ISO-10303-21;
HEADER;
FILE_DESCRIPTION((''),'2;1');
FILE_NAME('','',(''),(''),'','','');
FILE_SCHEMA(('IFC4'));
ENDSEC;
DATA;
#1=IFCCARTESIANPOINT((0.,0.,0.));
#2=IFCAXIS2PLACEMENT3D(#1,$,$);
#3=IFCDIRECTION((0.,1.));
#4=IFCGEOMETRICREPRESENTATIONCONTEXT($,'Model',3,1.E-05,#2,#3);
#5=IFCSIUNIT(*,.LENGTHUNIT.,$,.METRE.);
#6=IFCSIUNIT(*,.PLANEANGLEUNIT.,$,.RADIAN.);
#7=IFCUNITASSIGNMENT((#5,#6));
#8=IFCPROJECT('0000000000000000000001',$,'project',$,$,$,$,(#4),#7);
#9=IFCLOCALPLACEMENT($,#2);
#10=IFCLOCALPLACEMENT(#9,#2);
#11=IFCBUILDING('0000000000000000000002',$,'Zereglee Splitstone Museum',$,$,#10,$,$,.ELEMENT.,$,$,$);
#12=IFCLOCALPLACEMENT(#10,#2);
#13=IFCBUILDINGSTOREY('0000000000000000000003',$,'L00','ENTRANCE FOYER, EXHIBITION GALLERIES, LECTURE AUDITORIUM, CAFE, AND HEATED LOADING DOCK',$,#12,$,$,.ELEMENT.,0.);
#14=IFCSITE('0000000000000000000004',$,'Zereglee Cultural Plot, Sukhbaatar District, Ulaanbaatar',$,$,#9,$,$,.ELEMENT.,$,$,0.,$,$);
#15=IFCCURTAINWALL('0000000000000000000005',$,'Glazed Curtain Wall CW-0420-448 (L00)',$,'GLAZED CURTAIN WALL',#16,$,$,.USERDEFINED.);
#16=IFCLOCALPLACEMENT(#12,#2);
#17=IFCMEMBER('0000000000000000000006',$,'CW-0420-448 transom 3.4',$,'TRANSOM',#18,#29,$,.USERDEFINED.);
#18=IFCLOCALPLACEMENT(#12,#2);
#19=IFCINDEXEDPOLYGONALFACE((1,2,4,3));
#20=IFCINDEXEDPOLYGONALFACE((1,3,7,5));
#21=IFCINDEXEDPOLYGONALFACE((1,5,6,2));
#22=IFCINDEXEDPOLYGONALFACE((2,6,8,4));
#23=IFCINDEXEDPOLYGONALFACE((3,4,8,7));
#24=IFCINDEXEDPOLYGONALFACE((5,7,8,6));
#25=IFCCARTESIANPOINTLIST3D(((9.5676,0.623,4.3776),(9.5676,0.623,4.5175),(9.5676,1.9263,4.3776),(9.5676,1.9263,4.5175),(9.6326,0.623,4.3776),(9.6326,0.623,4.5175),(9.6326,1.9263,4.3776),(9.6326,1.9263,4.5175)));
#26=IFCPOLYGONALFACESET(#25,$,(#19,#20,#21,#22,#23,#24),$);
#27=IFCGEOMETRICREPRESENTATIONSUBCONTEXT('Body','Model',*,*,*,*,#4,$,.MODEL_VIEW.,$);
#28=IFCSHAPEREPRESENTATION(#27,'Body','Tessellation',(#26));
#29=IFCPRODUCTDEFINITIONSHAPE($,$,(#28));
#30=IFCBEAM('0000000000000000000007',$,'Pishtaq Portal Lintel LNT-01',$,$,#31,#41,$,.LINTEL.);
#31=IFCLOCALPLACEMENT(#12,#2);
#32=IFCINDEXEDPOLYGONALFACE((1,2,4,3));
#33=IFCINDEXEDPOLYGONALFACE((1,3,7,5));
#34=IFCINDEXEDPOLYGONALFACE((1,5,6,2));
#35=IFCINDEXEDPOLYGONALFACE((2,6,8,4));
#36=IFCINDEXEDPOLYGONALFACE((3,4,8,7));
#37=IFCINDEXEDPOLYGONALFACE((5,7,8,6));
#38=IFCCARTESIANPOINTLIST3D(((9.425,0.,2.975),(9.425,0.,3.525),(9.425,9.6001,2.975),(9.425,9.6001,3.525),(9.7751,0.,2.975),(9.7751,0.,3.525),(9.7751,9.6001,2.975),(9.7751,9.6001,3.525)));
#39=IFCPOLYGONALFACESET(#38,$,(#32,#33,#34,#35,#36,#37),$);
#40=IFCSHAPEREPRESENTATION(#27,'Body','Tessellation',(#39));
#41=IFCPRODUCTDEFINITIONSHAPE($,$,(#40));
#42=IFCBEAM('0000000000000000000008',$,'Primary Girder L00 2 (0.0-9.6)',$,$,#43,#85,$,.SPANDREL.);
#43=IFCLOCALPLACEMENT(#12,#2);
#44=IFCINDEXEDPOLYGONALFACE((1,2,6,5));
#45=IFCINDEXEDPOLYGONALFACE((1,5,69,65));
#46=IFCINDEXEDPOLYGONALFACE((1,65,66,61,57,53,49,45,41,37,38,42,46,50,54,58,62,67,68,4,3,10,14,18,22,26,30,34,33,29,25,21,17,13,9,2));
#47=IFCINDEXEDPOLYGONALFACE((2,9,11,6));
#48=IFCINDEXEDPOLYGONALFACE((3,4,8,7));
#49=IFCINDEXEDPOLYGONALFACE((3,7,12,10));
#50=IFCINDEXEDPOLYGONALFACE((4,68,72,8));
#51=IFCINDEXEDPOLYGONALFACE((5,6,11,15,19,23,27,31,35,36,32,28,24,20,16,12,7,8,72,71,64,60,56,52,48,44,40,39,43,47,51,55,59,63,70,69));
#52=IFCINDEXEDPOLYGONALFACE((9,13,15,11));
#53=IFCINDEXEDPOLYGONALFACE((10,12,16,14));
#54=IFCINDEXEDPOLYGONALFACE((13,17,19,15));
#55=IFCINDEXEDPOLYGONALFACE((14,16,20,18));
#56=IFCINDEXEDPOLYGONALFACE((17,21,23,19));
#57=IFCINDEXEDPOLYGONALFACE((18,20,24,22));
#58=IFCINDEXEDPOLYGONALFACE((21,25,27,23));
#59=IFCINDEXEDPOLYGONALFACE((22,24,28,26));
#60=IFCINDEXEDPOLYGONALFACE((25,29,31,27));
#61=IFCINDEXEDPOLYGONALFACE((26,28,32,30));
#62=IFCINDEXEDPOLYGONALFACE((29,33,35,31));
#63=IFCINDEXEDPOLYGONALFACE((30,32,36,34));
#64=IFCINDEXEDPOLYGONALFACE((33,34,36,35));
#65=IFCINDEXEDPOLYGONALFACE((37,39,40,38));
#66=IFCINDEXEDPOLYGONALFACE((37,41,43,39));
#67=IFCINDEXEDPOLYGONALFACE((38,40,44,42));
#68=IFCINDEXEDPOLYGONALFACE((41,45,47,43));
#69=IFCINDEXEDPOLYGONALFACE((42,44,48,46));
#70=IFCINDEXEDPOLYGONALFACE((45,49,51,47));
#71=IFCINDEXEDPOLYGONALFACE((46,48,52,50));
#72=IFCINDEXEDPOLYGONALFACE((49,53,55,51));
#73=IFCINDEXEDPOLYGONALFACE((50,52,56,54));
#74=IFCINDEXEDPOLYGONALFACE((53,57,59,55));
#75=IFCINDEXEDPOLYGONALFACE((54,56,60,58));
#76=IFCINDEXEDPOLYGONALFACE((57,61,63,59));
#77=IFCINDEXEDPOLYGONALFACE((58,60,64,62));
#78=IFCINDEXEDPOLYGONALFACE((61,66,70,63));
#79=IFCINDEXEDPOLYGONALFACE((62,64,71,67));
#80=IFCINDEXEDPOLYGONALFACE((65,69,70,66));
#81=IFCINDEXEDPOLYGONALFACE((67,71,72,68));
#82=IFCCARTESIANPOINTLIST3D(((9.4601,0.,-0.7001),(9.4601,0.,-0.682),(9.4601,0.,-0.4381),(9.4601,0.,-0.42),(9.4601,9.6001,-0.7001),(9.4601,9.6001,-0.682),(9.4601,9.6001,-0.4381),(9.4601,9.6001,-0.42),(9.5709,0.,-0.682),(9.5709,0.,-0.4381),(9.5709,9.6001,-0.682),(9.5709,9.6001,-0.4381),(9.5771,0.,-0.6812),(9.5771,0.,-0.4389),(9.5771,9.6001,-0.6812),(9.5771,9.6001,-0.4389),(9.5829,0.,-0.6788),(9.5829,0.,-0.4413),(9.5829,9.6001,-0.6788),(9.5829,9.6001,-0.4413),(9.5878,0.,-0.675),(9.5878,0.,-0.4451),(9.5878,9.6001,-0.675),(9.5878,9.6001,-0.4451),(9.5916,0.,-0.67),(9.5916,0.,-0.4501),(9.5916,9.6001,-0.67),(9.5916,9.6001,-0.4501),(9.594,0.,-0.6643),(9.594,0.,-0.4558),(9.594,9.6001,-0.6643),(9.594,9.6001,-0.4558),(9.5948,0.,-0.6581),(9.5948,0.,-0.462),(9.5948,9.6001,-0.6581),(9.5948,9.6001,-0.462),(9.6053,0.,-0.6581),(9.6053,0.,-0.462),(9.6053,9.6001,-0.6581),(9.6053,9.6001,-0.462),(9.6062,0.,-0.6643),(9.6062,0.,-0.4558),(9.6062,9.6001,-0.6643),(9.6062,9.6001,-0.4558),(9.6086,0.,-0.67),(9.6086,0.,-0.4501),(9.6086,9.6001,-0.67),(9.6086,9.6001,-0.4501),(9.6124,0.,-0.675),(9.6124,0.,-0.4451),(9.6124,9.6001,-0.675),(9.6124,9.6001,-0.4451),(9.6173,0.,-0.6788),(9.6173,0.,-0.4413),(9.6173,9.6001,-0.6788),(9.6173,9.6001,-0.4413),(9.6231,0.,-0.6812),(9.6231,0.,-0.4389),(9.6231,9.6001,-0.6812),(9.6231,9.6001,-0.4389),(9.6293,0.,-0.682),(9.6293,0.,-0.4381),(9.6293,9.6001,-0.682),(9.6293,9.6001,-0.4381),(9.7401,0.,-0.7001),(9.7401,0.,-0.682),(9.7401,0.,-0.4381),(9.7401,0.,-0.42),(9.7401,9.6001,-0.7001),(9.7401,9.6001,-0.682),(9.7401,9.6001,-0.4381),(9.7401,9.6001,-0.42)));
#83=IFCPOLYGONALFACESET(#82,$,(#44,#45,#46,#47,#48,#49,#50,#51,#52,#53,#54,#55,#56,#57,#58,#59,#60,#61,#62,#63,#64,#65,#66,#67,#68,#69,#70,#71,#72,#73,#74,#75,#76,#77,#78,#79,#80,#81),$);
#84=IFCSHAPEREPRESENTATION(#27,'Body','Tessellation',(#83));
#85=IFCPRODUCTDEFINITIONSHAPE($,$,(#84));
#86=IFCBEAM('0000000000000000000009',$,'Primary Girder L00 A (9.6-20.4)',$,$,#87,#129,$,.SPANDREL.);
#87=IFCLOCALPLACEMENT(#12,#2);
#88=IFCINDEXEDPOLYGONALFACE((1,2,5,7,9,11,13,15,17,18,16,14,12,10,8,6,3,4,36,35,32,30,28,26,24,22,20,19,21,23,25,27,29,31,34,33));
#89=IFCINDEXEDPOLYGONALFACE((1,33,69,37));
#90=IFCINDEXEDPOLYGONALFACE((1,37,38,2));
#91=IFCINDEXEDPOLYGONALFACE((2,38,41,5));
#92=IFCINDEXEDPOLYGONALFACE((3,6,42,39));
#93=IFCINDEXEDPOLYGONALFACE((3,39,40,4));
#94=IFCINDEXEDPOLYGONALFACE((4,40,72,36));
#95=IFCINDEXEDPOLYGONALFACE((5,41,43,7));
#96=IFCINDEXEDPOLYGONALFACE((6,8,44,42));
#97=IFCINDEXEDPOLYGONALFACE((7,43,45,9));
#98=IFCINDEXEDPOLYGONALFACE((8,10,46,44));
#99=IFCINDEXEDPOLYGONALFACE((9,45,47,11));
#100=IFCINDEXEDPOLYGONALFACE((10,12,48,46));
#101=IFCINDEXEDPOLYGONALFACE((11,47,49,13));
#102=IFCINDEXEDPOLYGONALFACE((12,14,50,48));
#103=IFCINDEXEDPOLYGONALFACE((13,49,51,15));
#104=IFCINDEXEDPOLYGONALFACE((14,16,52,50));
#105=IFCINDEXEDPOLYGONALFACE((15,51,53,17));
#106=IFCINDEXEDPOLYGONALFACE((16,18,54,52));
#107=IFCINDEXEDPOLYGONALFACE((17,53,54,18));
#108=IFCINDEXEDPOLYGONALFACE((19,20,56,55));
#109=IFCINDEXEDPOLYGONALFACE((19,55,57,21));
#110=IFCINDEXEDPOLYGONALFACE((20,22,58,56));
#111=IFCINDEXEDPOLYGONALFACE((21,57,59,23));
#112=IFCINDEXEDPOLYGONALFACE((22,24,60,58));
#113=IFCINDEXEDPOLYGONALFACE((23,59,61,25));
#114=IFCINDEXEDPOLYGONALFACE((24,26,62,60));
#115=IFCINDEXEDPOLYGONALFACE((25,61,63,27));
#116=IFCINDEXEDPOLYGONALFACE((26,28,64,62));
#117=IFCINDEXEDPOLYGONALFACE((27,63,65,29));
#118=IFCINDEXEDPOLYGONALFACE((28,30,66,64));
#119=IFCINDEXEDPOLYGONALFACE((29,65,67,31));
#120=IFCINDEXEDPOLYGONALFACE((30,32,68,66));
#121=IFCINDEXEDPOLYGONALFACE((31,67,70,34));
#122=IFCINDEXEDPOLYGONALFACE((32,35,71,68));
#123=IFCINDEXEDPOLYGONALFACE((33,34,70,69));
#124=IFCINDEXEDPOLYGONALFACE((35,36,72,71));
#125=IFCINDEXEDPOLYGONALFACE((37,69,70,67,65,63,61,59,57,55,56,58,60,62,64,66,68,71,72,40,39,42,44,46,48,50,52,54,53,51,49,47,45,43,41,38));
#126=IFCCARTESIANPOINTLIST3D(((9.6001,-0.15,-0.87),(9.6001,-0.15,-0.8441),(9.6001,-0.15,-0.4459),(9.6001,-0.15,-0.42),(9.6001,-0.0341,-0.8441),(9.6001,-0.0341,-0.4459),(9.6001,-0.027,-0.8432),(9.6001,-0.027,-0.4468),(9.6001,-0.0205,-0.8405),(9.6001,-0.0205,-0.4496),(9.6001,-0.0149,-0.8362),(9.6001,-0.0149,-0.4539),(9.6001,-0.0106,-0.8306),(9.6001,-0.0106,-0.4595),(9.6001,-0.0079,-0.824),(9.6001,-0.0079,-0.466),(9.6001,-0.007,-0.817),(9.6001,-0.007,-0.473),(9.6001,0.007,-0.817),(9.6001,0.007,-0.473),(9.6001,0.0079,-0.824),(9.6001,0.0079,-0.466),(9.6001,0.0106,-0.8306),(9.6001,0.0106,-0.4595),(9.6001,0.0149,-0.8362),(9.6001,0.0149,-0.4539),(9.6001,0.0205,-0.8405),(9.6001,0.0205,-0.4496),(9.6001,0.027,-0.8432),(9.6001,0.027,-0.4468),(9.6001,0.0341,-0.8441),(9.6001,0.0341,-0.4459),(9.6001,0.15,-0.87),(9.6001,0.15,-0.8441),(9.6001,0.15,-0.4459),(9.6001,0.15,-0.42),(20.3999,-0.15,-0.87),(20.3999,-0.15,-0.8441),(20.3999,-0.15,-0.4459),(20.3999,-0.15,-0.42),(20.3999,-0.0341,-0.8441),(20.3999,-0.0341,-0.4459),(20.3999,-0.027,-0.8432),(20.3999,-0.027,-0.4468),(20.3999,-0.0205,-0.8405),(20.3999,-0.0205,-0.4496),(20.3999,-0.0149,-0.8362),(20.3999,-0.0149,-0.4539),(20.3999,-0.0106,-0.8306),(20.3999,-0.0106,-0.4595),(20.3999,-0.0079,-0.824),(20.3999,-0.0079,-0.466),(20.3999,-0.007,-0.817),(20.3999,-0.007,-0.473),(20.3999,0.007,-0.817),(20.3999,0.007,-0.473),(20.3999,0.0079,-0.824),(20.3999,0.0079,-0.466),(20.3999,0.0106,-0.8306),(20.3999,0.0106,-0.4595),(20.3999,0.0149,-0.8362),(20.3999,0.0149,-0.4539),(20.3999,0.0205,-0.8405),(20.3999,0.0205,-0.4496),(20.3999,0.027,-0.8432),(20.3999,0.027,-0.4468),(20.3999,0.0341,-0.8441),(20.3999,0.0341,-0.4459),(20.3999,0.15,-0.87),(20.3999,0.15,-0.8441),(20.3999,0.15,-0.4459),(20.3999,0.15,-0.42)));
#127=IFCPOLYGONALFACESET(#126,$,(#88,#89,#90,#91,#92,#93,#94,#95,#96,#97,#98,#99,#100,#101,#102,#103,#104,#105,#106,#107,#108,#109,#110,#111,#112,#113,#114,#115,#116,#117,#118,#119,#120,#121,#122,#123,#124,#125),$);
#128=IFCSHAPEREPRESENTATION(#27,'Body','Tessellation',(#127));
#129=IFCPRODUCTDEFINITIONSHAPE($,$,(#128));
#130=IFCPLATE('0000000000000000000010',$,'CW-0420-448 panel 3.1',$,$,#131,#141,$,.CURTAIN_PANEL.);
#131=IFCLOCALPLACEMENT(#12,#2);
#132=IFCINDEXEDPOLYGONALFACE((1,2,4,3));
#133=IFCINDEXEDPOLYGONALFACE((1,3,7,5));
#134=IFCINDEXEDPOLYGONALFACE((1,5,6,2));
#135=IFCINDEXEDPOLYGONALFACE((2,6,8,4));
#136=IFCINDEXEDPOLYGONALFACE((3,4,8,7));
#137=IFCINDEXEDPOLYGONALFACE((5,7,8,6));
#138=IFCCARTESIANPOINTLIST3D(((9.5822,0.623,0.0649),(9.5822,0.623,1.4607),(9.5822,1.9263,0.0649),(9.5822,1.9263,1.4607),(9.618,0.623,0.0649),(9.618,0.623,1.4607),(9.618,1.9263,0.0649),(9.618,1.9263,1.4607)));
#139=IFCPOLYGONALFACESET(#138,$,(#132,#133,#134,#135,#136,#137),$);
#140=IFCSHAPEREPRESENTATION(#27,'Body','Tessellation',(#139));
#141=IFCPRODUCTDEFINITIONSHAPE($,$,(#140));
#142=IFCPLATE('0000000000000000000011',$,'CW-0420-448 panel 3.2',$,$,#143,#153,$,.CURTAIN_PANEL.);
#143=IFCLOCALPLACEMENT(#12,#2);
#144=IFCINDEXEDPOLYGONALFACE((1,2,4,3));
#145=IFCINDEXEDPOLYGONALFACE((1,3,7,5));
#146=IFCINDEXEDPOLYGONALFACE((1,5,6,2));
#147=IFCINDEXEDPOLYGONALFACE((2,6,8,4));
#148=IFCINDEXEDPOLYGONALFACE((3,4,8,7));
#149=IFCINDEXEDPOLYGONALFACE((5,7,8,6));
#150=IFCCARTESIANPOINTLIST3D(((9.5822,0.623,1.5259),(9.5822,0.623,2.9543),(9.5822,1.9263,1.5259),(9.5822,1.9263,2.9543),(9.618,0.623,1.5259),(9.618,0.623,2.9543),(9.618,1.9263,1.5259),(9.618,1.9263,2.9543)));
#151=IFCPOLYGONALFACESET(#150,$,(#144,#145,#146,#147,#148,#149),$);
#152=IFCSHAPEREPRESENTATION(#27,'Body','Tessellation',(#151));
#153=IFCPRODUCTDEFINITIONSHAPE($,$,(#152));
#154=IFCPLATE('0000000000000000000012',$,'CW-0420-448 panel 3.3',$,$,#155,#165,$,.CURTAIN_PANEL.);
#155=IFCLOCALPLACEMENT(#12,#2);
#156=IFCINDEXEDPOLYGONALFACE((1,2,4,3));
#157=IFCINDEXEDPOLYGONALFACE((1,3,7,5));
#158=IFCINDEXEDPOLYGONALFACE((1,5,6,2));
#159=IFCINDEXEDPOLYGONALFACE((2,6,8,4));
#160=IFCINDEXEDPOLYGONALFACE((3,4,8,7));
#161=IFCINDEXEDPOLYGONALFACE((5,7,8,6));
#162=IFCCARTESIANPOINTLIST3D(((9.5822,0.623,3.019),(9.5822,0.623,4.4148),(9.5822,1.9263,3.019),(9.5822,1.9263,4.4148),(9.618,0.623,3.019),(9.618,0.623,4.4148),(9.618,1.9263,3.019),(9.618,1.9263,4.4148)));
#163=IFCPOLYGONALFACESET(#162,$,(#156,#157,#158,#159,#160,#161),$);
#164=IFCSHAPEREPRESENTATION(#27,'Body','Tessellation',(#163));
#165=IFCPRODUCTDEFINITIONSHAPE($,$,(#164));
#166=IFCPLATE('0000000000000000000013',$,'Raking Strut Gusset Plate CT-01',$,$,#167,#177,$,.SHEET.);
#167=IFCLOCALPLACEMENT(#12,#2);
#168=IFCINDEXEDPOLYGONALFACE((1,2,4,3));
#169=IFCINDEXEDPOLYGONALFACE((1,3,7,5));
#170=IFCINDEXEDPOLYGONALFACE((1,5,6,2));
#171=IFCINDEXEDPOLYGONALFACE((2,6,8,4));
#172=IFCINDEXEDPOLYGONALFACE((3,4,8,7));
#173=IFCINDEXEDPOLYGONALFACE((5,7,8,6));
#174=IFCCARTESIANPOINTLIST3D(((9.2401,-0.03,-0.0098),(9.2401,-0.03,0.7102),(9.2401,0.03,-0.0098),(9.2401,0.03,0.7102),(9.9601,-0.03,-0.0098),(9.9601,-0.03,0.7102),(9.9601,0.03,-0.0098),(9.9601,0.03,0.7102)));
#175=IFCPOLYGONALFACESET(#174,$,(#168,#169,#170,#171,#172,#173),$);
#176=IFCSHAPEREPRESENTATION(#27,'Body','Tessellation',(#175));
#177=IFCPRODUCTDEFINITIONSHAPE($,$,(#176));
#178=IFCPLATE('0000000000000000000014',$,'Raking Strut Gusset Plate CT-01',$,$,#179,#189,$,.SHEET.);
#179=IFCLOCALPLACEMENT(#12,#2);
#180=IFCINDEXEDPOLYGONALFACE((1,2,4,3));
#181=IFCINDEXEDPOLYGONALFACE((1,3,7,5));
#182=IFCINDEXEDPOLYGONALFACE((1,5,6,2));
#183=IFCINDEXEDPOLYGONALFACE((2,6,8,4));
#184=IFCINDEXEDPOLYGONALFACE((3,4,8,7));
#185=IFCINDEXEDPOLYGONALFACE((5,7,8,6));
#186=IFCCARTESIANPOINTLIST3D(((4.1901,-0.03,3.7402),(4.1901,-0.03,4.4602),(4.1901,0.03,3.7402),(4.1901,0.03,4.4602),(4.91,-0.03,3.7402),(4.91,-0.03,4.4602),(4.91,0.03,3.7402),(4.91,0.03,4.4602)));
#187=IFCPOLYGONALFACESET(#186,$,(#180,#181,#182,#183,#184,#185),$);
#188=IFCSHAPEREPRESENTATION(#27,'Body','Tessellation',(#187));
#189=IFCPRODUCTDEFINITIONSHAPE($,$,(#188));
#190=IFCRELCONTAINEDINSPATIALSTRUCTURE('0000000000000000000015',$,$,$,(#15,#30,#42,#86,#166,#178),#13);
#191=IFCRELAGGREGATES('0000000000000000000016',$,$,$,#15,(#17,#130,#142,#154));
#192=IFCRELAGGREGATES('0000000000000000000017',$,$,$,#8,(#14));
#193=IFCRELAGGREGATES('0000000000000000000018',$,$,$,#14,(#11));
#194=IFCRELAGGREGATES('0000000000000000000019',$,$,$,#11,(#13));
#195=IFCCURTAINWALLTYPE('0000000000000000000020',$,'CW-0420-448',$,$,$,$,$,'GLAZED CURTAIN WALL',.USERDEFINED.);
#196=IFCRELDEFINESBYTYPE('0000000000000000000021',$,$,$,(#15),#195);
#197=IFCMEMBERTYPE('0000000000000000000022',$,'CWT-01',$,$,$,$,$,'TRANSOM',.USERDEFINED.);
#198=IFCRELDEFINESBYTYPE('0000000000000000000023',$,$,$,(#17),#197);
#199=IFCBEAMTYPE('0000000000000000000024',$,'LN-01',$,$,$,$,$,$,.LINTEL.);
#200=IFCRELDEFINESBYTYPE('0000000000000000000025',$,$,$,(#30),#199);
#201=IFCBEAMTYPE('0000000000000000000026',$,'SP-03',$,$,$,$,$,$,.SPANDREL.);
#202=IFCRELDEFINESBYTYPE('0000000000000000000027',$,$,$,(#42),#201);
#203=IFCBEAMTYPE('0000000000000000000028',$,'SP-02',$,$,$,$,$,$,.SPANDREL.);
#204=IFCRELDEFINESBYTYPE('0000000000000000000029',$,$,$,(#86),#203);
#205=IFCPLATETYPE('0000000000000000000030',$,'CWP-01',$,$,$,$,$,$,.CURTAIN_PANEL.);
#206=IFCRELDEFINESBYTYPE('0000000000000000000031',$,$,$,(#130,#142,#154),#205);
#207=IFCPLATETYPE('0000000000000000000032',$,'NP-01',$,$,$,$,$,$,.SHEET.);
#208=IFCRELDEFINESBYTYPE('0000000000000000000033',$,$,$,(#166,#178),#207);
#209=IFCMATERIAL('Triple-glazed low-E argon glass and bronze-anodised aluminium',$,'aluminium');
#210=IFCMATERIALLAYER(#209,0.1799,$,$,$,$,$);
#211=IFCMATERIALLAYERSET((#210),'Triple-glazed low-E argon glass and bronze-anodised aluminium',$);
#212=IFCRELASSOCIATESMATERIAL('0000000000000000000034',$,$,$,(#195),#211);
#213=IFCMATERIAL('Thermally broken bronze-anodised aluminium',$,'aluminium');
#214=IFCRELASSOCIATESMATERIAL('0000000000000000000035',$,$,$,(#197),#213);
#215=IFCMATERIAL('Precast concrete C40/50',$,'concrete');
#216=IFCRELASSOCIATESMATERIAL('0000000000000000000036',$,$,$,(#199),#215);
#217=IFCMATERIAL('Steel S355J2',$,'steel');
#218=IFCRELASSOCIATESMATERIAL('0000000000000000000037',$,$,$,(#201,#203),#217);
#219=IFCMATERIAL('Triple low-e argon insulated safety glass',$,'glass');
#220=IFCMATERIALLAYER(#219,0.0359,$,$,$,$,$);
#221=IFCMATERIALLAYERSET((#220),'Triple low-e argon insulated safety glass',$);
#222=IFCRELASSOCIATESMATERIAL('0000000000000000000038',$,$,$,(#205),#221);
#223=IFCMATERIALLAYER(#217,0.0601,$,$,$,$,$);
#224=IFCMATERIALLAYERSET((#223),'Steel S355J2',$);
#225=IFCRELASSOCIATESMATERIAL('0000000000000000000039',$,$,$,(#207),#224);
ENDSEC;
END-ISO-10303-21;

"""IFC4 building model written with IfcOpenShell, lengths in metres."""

from ifc_helpers import new_model, si_unit, direction, frame, origin, origin_2d, place, context, subcontext, project, spatial, rectangle, i_section, extrude, material, layer, layer_set, material_profile, profile_set, type_object, element, aggregate, save


model = new_model("IFC4")

# Units and contexts
model_context = context("Model", 3, precision=1e-05, world=origin(), true_north=direction((0.0, 1.0)))
body_context = subcontext(model_context, "Body", "Model", "MODEL_VIEW")
ifc_project = project(units=[si_unit("LENGTHUNIT", "METRE"), si_unit("PLANEANGLEUNIT", "RADIAN")], contexts=[model_context])

# Site, building, storey
site_placement = place(None, origin())
site = spatial("IfcSite", under=ifc_project, at=site_placement, Name="Zereglee Cultural Plot, Sukhbaatar District, Ulaanbaatar", CompositionType="ELEMENT", RefElevation=0.0)
building_placement = place(site_placement, origin())
building = spatial("IfcBuilding", under=site, at=building_placement, Name="Zereglee Splitstone Museum", CompositionType="ELEMENT")
storey_placement = place(building_placement, origin())
storey = spatial("IfcBuildingStorey", under=building, at=storey_placement, Name="L00", Description="ENTRANCE FOYER, EXHIBITION GALLERIES, LECTURE AUDITORIUM, CAFE, AND HEATED LOADING DOCK", CompositionType="ELEMENT", Elevation=0.0)

# Shared definitions
ifc_material_1 = material(Name="Steel S355J2", Category="steel")

# Curtain wall, member
ifc_material_2 = material(Name="Triple-glazed low-E argon glass and bronze-anodised aluminium", Category="aluminium")
ifc_layer_1 = layer(ifc_material_2, 0.1799)
ifc_layer_set_1 = layer_set([ifc_layer_1], Name="Triple-glazed low-E argon glass and bronze-anodised aluminium")
curtain_wall_type = type_object("IfcCurtainWallType", Name="CW-0420-448", ElementType="GLAZED CURTAIN WALL", PredefinedType="USERDEFINED", material=ifc_layer_set_1)
curtain_wall_placement = place(storey_placement, origin())
curtain_wall = element("IfcCurtainWall", 1, at=curtain_wall_placement, inside=storey, type_object=curtain_wall_type, Name="Glazed Curtain Wall CW-0420-448 (L00)", ObjectType="GLAZED CURTAIN WALL", PredefinedType="USERDEFINED")
ifc_material_3 = material(Name="Thermally broken bronze-anodised aluminium", Category="aluminium")
ifc_material_profile_1 = material_profile(ifc_material_3, rectangle(XDim=0.0649, YDim=0.1399, at=origin_2d()), Name="CW TRAN 65x140")
ifc_profile_set_1 = profile_set([ifc_material_profile_1], Name="Thermally broken bronze-anodised aluminium")
member_type_1 = type_object("IfcMemberType", Name="CWT-01", ElementType="TRANSOM", PredefinedType="USERDEFINED", material=ifc_profile_set_1)
member_1_placement = place(storey_placement, frame((9.6001, 1.9263, 4.4475), z_axis=(0.0, -1.0, 0.0), x_axis=(1.0, 0.0, 0.0)))
member_1 = element("IfcMember", 2, at=member_1_placement, type_object=member_type_1, Name="CW-0420-448 transom 3.4", ObjectType="TRANSOM", PredefinedType="USERDEFINED", context=body_context, shape_type="SweptSolid", body=[
    extrude(rectangle(XDim=0.0649, YDim=0.1399, at=origin_2d()), origin(), (0.0, 0.0, 1.0), 1.3032),
])

# Beams
ifc_material_4 = material(Name="Precast concrete C40/50", Category="concrete")
ifc_material_profile_2 = material_profile(ifc_material_4, rectangle(XDim=0.3501, YDim=0.55, at=origin_2d()), Name="RC 350x550")
ifc_profile_set_2 = profile_set([ifc_material_profile_2], Name="Precast concrete C40/50")
beam_type_1 = type_object("IfcBeamType", Name="LN-01", PredefinedType="LINTEL", material=ifc_profile_set_2)
beam_1_placement = place(storey_placement, frame((9.6001, 0.0, 3.25), z_axis=(0.0, 1.0, 0.0), x_axis=(-1.0, 0.0, 0.0)))
element("IfcBeam", 3, at=beam_1_placement, inside=storey, type_object=beam_type_1, Name="Pishtaq Portal Lintel LNT-01", PredefinedType="LINTEL", context=body_context, shape_type="SweptSolid", body=[
    extrude(rectangle(XDim=0.3501, YDim=0.55, at=origin_2d()), origin(), (0.0, 0.0, 1.0), 9.6001),
])
ifc_material_profile_3 = material_profile(ifc_material_1, i_section(OverallWidth=0.28, OverallDepth=0.28, WebThickness=0.0105, FlangeThickness=0.0181, FilletRadius=0.0239, at=origin_2d()), Name="HE 280 B")
ifc_profile_set_3 = profile_set([ifc_material_profile_3], Name="Steel S355J2")
beam_type_2 = type_object("IfcBeamType", Name="SP-03", PredefinedType="SPANDREL", material=ifc_profile_set_3)
beam_2_placement = place(storey_placement, frame((9.6001, 0.0, -0.5601), z_axis=(0.0, 1.0, 0.0), x_axis=(-1.0, 0.0, 0.0)))
element("IfcBeam", 4, at=beam_2_placement, inside=storey, type_object=beam_type_2, Name="Primary Girder L00 2 (0.0-9.6)", PredefinedType="SPANDREL", context=body_context, shape_type="SweptSolid", body=[
    extrude(i_section(OverallWidth=0.28, OverallDepth=0.28, WebThickness=0.0105, FlangeThickness=0.0181, FilletRadius=0.0239, at=origin_2d()), origin(), (0.0, 0.0, 1.0), 9.6001),
])
ifc_material_profile_4 = material_profile(ifc_material_1, i_section(OverallWidth=0.3, OverallDepth=0.45, WebThickness=0.0139, FlangeThickness=0.0259, FilletRadius=0.0271, at=origin_2d()), Name="HE 450 B")
ifc_profile_set_4 = profile_set([ifc_material_profile_4], Name="Steel S355J2")
beam_type_3 = type_object("IfcBeamType", Name="SP-02", PredefinedType="SPANDREL", material=ifc_profile_set_4)
beam_3_placement = place(storey_placement, frame((9.6001, 0.0, -0.645), z_axis=(1.0, 0.0, 0.0), x_axis=(0.0, 1.0, 0.0)))
element("IfcBeam", 5, at=beam_3_placement, inside=storey, type_object=beam_type_3, Name="Primary Girder L00 A (9.6-20.4)", PredefinedType="SPANDREL", context=body_context, shape_type="SweptSolid", body=[
    extrude(i_section(OverallWidth=0.3, OverallDepth=0.45, WebThickness=0.0139, FlangeThickness=0.0259, FilletRadius=0.0271, at=origin_2d()), origin(), (0.0, 0.0, 1.0), 10.7998),
])

# Plates
ifc_material_5 = material(Name="Triple low-e argon insulated safety glass", Category="glass")
ifc_layer_2 = layer(ifc_material_5, 0.0359)
ifc_layer_set_2 = layer_set([ifc_layer_2], Name="Triple low-e argon insulated safety glass")
plate_type_1 = type_object("IfcPlateType", Name="CWP-01", PredefinedType="CURTAIN_PANEL", material=ifc_layer_set_2)
plate_1_placement = place(storey_placement, frame((9.6001, 1.2747, 0.0649), z_axis=(0.0, 0.0, 1.0), x_axis=(0.0, -1.0, 0.0)))
plate_1 = element("IfcPlate", 6, at=plate_1_placement, type_object=plate_type_1, Name="CW-0420-448 panel 3.1", PredefinedType="CURTAIN_PANEL", context=body_context, shape_type="SweptSolid", body=[
    extrude(rectangle(XDim=1.3032, YDim=0.0359, at=origin_2d()), origin(), (0.0, 0.0, 1.0), 1.3958),
])
plate_2_placement = place(storey_placement, frame((9.6001, 1.2747, 1.5259), z_axis=(0.0, 0.0, 1.0), x_axis=(0.0, -1.0, 0.0)))
plate_2 = element("IfcPlate", 7, at=plate_2_placement, type_object=plate_type_1, Name="CW-0420-448 panel 3.2", PredefinedType="CURTAIN_PANEL", context=body_context, shape_type="SweptSolid", body=[
    extrude(rectangle(XDim=1.3032, YDim=0.0359, at=origin_2d()), origin(), (0.0, 0.0, 1.0), 1.4285),
])
plate_3_placement = place(storey_placement, frame((9.6001, 1.2747, 3.019), z_axis=(0.0, 0.0, 1.0), x_axis=(0.0, -1.0, 0.0)))
plate_3 = element("IfcPlate", 8, at=plate_3_placement, type_object=plate_type_1, Name="CW-0420-448 panel 3.3", PredefinedType="CURTAIN_PANEL", context=body_context, shape_type="SweptSolid", body=[
    extrude(rectangle(XDim=1.3032, YDim=0.0359, at=origin_2d()), origin(), (0.0, 0.0, 1.0), 1.3958),
])
aggregate(curtain_wall, [member_1, plate_1, plate_2, plate_3])

# Plates
ifc_layer_3 = layer(ifc_material_1, 0.0601)
ifc_layer_set_3 = layer_set([ifc_layer_3], Name="Steel S355J2")
plate_type_2 = type_object("IfcPlateType", Name="NP-01", PredefinedType="SHEET", material=ifc_layer_set_3)
for number, where, z_axis, x_axis, name in (
    (9, (9.6001, 0.0, -0.0098), (0.0, 0.0, 1.0), (1.0, 0.0, 0.0), "Raking Strut Gusset Plate CT-01"),
    (10, (4.55, 0.0, 3.7402), (0.0, 0.0, 1.0), (1.0, 0.0, 0.0), "Raking Strut Gusset Plate CT-01"),
):
    element("IfcPlate", number, at=place(storey_placement, frame(where, z_axis=z_axis, x_axis=x_axis)), inside=storey, type_object=plate_type_2, Name=name, PredefinedType="SHEET", context=body_context, shape_type="SweptSolid", body=[
        extrude(rectangle(XDim=0.72, YDim=0.0601, at=origin_2d()), origin(), (0.0, 0.0, 1.0), 0.72),
    ])

save(model, "model.ifc")
